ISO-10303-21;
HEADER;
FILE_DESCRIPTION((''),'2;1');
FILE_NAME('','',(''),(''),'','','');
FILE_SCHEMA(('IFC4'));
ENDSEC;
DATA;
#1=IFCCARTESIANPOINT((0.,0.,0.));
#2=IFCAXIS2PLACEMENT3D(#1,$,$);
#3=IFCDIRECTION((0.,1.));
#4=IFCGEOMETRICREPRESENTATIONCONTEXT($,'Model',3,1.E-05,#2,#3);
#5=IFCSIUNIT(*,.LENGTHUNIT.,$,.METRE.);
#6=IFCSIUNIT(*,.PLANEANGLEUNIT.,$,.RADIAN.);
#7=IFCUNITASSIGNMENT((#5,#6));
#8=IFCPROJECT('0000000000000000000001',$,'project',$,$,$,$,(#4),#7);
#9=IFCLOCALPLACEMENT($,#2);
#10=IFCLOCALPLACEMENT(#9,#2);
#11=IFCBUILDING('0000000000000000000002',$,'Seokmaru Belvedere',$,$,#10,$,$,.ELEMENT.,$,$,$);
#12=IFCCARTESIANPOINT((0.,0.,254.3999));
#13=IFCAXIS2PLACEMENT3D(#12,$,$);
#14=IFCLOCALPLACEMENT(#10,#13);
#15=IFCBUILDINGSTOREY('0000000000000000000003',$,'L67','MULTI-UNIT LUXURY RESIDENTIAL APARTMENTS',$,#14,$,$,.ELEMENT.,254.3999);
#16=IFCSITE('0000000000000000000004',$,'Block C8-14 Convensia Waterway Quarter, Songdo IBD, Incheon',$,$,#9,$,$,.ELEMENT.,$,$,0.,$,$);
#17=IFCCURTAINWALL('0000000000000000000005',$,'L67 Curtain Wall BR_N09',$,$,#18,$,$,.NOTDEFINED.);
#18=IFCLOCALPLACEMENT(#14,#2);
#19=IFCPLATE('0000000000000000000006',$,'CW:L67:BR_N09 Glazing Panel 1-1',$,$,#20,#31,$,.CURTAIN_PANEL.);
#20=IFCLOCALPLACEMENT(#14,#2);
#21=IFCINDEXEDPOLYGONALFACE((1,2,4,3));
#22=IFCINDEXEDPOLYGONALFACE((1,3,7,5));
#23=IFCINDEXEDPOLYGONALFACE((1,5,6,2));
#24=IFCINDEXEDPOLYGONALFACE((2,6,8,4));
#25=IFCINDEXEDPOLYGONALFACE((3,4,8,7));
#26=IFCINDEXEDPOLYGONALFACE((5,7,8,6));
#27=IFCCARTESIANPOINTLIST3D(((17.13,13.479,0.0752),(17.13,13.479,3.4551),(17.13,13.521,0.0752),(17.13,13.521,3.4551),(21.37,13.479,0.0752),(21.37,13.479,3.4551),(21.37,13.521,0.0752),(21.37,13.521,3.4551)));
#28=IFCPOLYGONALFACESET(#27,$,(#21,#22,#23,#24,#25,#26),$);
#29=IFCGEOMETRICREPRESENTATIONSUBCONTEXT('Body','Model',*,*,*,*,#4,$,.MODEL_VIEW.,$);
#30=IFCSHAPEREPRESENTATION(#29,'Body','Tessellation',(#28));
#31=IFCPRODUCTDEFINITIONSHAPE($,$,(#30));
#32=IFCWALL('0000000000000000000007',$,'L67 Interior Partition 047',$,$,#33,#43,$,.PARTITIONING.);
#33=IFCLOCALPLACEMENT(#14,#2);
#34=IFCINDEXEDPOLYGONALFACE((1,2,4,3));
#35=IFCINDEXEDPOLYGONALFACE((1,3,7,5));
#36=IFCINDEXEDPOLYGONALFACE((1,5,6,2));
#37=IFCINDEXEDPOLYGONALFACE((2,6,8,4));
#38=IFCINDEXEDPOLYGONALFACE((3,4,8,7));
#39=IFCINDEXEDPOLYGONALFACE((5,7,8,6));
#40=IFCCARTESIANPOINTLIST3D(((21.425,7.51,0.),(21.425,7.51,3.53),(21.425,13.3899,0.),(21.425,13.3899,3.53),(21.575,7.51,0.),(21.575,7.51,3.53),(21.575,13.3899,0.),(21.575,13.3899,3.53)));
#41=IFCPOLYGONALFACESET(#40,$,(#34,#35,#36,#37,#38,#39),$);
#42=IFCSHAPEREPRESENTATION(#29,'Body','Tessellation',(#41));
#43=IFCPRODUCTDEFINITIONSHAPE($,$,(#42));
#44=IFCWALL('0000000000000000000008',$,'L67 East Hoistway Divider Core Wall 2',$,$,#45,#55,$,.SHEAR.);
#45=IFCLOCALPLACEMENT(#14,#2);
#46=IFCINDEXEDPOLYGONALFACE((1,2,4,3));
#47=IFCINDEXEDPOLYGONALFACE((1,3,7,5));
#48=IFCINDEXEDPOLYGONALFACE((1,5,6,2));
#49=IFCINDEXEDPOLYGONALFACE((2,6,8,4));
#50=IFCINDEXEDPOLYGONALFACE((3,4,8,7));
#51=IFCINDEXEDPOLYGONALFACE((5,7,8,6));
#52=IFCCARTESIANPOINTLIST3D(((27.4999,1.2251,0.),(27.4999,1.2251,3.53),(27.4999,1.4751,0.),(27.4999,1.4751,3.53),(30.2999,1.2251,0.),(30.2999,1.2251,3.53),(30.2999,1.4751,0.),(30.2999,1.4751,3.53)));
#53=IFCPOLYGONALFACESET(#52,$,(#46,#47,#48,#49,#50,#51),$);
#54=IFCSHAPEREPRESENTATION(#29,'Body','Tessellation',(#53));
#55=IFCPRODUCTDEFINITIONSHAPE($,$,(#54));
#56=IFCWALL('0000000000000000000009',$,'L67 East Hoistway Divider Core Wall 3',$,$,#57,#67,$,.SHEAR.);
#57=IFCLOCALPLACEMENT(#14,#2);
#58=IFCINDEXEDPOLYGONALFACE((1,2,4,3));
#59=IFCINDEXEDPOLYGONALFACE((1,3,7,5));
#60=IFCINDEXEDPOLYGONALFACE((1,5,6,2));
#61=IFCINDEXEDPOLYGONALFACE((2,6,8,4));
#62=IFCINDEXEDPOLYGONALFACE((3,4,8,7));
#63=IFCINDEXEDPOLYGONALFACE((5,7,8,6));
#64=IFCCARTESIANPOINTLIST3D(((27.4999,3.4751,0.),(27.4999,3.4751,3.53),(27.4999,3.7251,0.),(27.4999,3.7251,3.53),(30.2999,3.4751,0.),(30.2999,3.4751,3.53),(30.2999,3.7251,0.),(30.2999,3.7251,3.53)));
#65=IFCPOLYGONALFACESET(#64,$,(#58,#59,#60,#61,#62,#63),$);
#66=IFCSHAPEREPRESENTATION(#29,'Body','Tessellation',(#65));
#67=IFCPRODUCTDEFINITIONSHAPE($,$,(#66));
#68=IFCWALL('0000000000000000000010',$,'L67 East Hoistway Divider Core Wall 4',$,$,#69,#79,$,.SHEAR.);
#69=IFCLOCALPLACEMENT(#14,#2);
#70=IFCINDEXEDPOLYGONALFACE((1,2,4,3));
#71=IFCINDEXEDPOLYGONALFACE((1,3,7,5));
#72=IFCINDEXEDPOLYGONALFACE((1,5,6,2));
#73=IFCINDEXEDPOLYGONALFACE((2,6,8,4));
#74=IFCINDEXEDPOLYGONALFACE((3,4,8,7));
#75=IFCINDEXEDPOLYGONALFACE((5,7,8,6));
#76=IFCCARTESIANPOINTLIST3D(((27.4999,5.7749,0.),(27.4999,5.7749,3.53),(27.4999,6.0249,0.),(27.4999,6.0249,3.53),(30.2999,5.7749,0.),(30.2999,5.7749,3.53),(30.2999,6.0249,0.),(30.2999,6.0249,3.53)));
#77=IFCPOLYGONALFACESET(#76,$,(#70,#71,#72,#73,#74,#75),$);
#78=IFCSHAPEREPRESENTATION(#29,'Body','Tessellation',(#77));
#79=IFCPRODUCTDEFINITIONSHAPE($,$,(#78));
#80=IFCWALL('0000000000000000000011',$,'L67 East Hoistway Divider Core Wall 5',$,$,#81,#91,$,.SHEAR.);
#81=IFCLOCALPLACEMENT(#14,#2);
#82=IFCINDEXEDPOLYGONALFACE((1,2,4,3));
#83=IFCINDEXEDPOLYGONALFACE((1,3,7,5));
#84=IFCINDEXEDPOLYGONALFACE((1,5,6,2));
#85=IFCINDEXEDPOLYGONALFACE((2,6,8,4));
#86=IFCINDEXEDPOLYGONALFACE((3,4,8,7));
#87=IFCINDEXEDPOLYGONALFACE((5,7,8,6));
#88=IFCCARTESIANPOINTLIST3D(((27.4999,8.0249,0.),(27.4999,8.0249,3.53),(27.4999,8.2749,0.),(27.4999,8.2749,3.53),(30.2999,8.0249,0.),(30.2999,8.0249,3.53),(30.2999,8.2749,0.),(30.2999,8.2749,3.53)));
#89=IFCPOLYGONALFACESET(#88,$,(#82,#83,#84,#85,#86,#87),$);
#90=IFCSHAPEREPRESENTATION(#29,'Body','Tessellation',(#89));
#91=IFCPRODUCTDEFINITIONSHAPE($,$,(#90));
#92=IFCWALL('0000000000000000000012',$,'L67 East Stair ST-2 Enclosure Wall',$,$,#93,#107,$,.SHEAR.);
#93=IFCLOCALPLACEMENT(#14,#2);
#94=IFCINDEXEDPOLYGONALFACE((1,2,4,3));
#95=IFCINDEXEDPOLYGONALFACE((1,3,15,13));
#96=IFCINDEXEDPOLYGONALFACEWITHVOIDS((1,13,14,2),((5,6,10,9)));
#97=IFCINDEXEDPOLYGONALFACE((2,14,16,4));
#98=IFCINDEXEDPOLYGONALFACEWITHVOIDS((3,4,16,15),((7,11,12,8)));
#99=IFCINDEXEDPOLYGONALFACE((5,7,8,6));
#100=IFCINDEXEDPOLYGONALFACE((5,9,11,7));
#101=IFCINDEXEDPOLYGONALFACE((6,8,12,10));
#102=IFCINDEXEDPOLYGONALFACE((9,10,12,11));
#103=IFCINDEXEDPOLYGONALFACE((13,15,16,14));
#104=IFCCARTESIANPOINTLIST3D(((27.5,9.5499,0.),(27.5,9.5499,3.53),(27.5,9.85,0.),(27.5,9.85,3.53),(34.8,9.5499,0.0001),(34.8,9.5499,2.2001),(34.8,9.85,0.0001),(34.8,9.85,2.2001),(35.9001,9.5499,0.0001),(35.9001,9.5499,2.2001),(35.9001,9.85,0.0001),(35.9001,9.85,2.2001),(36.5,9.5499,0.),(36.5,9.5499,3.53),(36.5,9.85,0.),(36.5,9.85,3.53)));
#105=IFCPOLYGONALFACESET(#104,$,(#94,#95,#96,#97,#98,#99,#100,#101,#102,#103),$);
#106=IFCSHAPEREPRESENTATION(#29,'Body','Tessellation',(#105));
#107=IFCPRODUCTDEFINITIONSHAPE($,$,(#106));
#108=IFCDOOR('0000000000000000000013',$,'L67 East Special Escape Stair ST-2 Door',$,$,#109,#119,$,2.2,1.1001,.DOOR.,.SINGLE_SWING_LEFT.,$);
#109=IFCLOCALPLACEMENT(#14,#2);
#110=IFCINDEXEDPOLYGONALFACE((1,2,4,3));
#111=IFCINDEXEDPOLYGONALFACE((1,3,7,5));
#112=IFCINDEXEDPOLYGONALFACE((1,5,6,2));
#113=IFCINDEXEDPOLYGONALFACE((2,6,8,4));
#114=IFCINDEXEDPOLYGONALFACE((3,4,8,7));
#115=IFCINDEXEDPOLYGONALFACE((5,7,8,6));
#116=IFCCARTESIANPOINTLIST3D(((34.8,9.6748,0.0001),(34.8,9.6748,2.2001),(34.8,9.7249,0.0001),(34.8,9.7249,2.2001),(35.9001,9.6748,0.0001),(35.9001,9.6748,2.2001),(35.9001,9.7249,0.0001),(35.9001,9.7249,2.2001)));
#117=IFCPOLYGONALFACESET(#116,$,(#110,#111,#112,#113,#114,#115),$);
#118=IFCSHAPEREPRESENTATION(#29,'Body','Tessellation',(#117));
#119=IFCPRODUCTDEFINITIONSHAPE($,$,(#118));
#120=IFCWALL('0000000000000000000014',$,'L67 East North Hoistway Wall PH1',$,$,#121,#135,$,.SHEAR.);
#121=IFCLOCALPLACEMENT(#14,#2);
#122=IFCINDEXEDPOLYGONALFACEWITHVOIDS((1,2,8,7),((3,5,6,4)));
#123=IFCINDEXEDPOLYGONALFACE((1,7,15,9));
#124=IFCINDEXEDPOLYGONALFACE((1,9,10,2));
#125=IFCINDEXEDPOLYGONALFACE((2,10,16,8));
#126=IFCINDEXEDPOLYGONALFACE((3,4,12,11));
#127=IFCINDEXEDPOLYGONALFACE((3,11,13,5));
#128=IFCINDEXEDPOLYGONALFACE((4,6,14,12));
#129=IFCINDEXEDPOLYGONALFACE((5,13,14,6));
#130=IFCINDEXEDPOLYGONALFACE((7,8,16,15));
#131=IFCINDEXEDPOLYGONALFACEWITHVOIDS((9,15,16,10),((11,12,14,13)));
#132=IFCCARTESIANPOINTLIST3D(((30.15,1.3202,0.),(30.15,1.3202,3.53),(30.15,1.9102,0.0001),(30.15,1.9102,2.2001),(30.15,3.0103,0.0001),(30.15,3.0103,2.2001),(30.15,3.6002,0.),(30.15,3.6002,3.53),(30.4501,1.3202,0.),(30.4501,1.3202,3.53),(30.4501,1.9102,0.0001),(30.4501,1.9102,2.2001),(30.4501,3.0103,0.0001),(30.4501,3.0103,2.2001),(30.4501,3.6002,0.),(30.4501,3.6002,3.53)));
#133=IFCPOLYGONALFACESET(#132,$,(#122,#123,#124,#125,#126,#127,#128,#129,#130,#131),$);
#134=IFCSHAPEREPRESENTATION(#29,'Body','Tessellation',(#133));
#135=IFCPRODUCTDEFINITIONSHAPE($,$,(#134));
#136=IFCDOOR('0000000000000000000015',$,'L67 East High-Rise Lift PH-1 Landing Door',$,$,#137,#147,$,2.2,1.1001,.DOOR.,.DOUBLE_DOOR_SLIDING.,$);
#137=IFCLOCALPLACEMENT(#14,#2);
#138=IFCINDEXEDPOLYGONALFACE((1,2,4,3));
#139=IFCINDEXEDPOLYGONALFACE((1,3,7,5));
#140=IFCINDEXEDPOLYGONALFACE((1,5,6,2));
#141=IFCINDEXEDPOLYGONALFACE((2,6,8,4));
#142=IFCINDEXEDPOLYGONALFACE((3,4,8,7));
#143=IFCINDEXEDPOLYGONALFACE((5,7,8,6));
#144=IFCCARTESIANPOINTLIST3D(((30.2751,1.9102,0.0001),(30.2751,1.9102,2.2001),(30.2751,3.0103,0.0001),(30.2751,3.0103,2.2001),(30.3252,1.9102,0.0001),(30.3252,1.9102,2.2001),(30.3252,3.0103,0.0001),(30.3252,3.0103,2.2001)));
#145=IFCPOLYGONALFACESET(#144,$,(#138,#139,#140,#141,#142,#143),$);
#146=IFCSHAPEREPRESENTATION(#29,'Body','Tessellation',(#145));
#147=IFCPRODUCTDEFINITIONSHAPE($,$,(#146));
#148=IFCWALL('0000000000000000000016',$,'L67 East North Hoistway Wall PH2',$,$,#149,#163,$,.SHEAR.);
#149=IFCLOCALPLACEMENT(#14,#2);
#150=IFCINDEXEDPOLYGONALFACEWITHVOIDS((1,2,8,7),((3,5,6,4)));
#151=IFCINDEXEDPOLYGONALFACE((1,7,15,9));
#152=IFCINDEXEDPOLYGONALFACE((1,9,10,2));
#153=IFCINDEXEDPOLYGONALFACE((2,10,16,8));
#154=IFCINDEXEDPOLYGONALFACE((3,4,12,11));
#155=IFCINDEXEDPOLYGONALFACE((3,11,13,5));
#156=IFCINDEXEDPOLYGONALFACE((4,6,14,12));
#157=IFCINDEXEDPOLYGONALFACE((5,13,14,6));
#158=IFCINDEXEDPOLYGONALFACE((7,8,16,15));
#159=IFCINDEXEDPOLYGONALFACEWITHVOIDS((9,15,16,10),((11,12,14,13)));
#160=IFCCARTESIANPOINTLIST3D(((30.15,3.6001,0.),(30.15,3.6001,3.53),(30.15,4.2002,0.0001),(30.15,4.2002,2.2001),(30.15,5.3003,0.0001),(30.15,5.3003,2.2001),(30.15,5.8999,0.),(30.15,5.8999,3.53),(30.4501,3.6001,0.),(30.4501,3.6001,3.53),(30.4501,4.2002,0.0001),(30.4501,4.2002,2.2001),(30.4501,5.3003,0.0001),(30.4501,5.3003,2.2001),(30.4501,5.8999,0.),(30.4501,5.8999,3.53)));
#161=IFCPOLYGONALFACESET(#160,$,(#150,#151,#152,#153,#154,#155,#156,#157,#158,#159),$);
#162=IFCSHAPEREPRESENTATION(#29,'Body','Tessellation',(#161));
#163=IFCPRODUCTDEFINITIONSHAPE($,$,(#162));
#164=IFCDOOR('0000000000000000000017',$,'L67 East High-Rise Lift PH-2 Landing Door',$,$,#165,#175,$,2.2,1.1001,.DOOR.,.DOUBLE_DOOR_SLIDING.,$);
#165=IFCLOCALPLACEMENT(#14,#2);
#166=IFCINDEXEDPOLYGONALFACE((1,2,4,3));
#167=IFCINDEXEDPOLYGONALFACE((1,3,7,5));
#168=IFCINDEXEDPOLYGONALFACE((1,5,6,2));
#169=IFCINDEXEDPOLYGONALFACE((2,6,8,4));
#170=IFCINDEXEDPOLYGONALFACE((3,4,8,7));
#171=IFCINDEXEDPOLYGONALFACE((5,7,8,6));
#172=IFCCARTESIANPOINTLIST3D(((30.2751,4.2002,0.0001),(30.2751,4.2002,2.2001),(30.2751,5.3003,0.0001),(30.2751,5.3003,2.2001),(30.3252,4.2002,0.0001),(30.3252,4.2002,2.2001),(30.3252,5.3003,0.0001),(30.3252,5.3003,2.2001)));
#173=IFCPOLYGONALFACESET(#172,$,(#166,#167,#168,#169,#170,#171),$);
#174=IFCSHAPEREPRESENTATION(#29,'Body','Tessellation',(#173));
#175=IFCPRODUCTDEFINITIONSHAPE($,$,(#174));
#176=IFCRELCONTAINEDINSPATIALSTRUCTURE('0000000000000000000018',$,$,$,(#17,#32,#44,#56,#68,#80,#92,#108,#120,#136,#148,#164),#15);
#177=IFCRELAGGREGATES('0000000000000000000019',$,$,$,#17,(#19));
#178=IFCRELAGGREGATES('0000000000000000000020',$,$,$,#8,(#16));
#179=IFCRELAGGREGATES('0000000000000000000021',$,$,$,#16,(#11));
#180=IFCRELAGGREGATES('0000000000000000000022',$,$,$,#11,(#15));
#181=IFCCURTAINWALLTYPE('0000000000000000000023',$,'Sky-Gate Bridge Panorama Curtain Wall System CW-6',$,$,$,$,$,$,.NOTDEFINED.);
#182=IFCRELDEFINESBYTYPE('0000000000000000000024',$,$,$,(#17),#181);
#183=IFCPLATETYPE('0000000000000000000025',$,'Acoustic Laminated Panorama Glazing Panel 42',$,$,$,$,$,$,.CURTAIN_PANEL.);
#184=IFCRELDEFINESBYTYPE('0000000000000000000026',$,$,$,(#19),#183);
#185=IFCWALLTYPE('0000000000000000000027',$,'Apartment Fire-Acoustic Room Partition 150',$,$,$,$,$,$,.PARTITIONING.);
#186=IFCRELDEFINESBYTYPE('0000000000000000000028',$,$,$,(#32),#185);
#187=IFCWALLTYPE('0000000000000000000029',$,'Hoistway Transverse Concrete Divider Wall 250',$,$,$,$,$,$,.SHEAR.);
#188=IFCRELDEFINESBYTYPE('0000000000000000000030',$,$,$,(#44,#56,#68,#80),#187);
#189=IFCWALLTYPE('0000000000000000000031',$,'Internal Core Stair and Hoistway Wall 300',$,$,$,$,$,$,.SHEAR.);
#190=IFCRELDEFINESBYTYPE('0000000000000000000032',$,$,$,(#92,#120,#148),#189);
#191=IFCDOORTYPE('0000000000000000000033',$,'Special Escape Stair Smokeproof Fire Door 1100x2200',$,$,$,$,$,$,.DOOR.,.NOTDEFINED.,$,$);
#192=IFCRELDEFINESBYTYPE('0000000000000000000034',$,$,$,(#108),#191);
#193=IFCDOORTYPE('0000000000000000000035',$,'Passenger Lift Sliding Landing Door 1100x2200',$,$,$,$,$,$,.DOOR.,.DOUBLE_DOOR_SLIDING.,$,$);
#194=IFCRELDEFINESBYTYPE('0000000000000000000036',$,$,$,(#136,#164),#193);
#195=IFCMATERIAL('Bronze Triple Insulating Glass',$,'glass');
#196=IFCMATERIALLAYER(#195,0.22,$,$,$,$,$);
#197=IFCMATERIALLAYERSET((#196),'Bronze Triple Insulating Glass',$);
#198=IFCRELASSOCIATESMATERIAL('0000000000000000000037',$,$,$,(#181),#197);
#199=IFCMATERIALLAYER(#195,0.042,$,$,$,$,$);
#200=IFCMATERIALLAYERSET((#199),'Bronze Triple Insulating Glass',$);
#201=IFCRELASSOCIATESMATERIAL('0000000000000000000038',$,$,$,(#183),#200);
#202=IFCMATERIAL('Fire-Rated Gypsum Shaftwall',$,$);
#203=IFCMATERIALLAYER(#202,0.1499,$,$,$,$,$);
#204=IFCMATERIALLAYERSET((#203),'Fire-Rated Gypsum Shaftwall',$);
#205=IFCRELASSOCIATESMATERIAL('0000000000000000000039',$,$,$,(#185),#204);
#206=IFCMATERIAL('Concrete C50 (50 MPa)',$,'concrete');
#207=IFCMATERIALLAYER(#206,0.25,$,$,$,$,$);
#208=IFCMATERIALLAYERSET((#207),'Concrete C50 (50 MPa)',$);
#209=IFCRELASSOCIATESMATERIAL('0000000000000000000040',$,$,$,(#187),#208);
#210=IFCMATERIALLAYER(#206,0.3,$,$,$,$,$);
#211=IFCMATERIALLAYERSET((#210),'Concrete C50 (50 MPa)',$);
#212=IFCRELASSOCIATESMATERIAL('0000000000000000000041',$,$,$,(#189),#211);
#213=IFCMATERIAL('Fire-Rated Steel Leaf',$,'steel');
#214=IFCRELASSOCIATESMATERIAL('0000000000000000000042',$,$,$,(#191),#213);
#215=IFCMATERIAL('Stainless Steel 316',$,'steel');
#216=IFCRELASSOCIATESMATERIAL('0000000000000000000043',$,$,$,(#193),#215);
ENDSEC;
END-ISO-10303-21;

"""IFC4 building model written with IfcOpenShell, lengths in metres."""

from ifc_helpers import new_model, si_unit, direction, frame, frame_2d, origin, origin_2d, place, context, subcontext, project, spatial, rectangle, extrude, source, transform, mapped, material, layer, layer_set, type_object, type_shapes, element, fill, aggregate, save


model = new_model("IFC4")

# Units and contexts
model_context = context("Model", 3, precision=1e-05, world=origin(), true_north=direction((0.0, 1.0)))
body_context = subcontext(model_context, "Body", "Model", "MODEL_VIEW")
ifc_project = project(units=[si_unit("LENGTHUNIT", "METRE"), si_unit("PLANEANGLEUNIT", "RADIAN")], contexts=[model_context])

# Site, building, storey
site_placement = place(None, origin())
site = spatial("IfcSite", under=ifc_project, at=site_placement, Name="Block C8-14 Convensia Waterway Quarter, Songdo IBD, Incheon", CompositionType="ELEMENT", RefElevation=0.0)
building_placement = place(site_placement, origin())
building = spatial("IfcBuilding", under=site, at=building_placement, Name="Seokmaru Belvedere", CompositionType="ELEMENT")
storey_placement = place(building_placement, frame((0.0, 0.0, 254.3999)))
storey = spatial("IfcBuildingStorey", under=building, at=storey_placement, Name="L67", Description="MULTI-UNIT LUXURY RESIDENTIAL APARTMENTS", CompositionType="ELEMENT", Elevation=254.3999)

# Curtain wall, plate
ifc_material_1 = material(Name="Bronze Triple Insulating Glass", Category="glass")
ifc_layer_1 = layer(ifc_material_1, 0.22)
ifc_layer_set_1 = layer_set([ifc_layer_1], Name="Bronze Triple Insulating Glass")
curtain_wall_type = type_object("IfcCurtainWallType", Name="Sky-Gate Bridge Panorama Curtain Wall System CW-6", PredefinedType="NOTDEFINED", material=ifc_layer_set_1)
curtain_wall_placement = place(storey_placement, origin())
curtain_wall = element("IfcCurtainWall", 1, at=curtain_wall_placement, inside=storey, type_object=curtain_wall_type, Name="L67 Curtain Wall BR_N09", PredefinedType="NOTDEFINED")
ifc_layer_2 = layer(ifc_material_1, 0.042)
ifc_layer_set_2 = layer_set([ifc_layer_2], Name="Bronze Triple Insulating Glass")
plate_type = type_object("IfcPlateType", Name="Acoustic Laminated Panorama Glazing Panel 42", PredefinedType="CURTAIN_PANEL", material=ifc_layer_set_2)
shared_shape_1 = source(origin(), body_context, "Body", "SweptSolid", [
    extrude(rectangle(XDim=4.24, YDim=0.042, at=origin_2d()), origin(), (0.0, 0.0, 1.0), 3.3799),
])
type_shapes(plate_type, [shared_shape_1])
plate_placement = place(storey_placement, frame((19.25, 13.5, 0.0752), z_axis=(0.0, 0.0, 1.0), x_axis=(-1.0, 0.0, 0.0)))
plate = element("IfcPlate", 2, at=plate_placement, type_object=plate_type, Name="CW:L67:BR_N09 Glazing Panel 1-1", PredefinedType="CURTAIN_PANEL", context=body_context, shape_type="MappedRepresentation", body=[
    mapped(shared_shape_1, transform((0.0, 0.0, 0.0), scale=1.0)),
])
aggregate(curtain_wall, [plate])

# Walls
ifc_material_2 = material(Name="Fire-Rated Gypsum Shaftwall")
ifc_layer_3 = layer(ifc_material_2, 0.1499)
ifc_layer_set_3 = layer_set([ifc_layer_3], Name="Fire-Rated Gypsum Shaftwall")
wall_type_1 = type_object("IfcWallType", Name="Apartment Fire-Acoustic Room Partition 150", PredefinedType="PARTITIONING", material=ifc_layer_set_3)
wall_1_placement = place(storey_placement, frame((21.5, 7.51, 0.0), z_axis=(0.0, 0.0, 1.0), x_axis=(0.0, 1.0, 0.0)))
element("IfcWall", 3, at=wall_1_placement, inside=storey, type_object=wall_type_1, Name="L67 Interior Partition 047", PredefinedType="PARTITIONING", context=body_context, shape_type="SweptSolid", body=[
    extrude(rectangle(XDim=5.8799, YDim=0.1499, at=frame_2d((2.9399, 0.0))), origin(), (0.0, 0.0, 1.0), 3.53),
])
ifc_material_3 = material(Name="Concrete C50 (50 MPa)", Category="concrete")
ifc_layer_4 = layer(ifc_material_3, 0.25)
ifc_layer_set_4 = layer_set([ifc_layer_4], Name="Concrete C50 (50 MPa)")
wall_type_2 = type_object("IfcWallType", Name="Hoistway Transverse Concrete Divider Wall 250", PredefinedType="SHEAR", material=ifc_layer_set_4)
for number, where, z_axis, x_axis, name in (
    (4, (27.5, 1.3501, 0.0), (0.0, 0.0, 1.0), (1.0, 0.0, 0.0), "L67 East Hoistway Divider Core Wall 2"),
    (5, (27.5, 3.6001, 0.0), (0.0, 0.0, 1.0), (1.0, 0.0, 0.0), "L67 East Hoistway Divider Core Wall 3"),
    (6, (27.5, 5.8999, 0.0), (0.0, 0.0, 1.0), (1.0, 0.0, 0.0), "L67 East Hoistway Divider Core Wall 4"),
    (7, (27.5, 8.1499, 0.0), (0.0, 0.0, 1.0), (1.0, 0.0, 0.0), "L67 East Hoistway Divider Core Wall 5"),
):
    element("IfcWall", number, at=place(storey_placement, frame(where, z_axis=z_axis, x_axis=x_axis)), inside=storey, type_object=wall_type_2, Name=name, PredefinedType="SHEAR", context=body_context, shape_type="SweptSolid", body=[
        extrude(rectangle(XDim=2.8, YDim=0.25, at=frame_2d((1.3999, 0.0))), origin(), (0.0, 0.0, 1.0), 3.53),
    ])

# Walls, openings, doors
ifc_layer_5 = layer(ifc_material_3, 0.3)
ifc_layer_set_5 = layer_set([ifc_layer_5], Name="Concrete C50 (50 MPa)")
wall_type_3 = type_object("IfcWallType", Name="Internal Core Stair and Hoistway Wall 300", PredefinedType="SHEAR", material=ifc_layer_set_5)
wall_2_placement = place(storey_placement, frame((27.5, 9.7, 0.0), z_axis=(0.0, 0.0, 1.0), x_axis=(1.0, 0.0, 0.0)))
wall_2 = element("IfcWall", 8, at=wall_2_placement, inside=storey, type_object=wall_type_3, Name="L67 East Stair ST-2 Enclosure Wall", PredefinedType="SHEAR", context=body_context, shape_type="SweptSolid", body=[
    extrude(rectangle(XDim=9.0, YDim=0.3, at=frame_2d((4.5, 0.0))), origin(), (0.0, 0.0, 1.0), 3.53),
])
opening_1_placement = place(wall_2_placement, frame((7.3, 0.0, 0.0)))
opening_1 = element("IfcOpeningElement", 9, at=opening_1_placement, cuts=wall_2, PredefinedType="OPENING", context=body_context, shape_type="SweptSolid", body=[
    extrude(rectangle(XDim=1.1001, YDim=2.2, at=frame_2d((0.55, 1.1001))), frame((0.0, 0.1602, 0.0), z_axis=(0.0, -1.0, 0.0), x_axis=(1.0, 0.0, 0.0)), (0.0, 0.0, 1.0), 0.3201),
])
ifc_material_4 = material(Name="Fire-Rated Steel Leaf", Category="steel")
door_type_1 = type_object("IfcDoorType", Name="Special Escape Stair Smokeproof Fire Door 1100x2200", OperationType="NOTDEFINED", PredefinedType="DOOR", material=ifc_material_4)
shared_shape_2 = source(origin(), body_context, "Body", "SweptSolid", [
    extrude(rectangle(XDim=1.1001, YDim=2.2, at=frame_2d((0.55, 1.1001))), frame((0.0, 0.0249, 0.0), z_axis=(0.0, -1.0, 0.0), x_axis=(1.0, 0.0, 0.0)), (0.0, 0.0, 1.0), 0.05),
])
type_shapes(door_type_1, [shared_shape_2])
door_1_placement = place(opening_1_placement, origin())
door_1 = element("IfcDoor", 10, at=door_1_placement, inside=storey, type_object=door_type_1, Name="L67 East Special Escape Stair ST-2 Door", OperationType="SINGLE_SWING_LEFT", OverallHeight=2.2, OverallWidth=1.1001, PredefinedType="DOOR", context=body_context, shape_type="MappedRepresentation", body=[
    mapped(shared_shape_2, transform((0.0, 0.0, 0.0), scale=1.0)),
])
fill(opening_1, door_1)
wall_3_placement = place(storey_placement, frame((30.3, 1.3201, 0.0), z_axis=(0.0, 0.0, 1.0), x_axis=(0.0, 1.0, 0.0)))
wall_3 = element("IfcWall", 11, at=wall_3_placement, inside=storey, type_object=wall_type_3, Name="L67 East North Hoistway Wall PH1", PredefinedType="SHEAR", context=body_context, shape_type="SweptSolid", body=[
    extrude(rectangle(XDim=2.28, YDim=0.3, at=frame_2d((1.1401, 0.0))), origin(), (0.0, 0.0, 1.0), 3.53),
])
opening_2_placement = place(wall_3_placement, frame((0.5901, 0.0, 0.0)))
opening_2 = element("IfcOpeningElement", 12, at=opening_2_placement, cuts=wall_3, PredefinedType="OPENING", context=body_context, shape_type="SweptSolid", body=[
    extrude(rectangle(XDim=1.1001, YDim=2.2, at=frame_2d((0.55, 1.1001))), frame((0.0, 0.1602, 0.0), z_axis=(0.0, -1.0, 0.0), x_axis=(1.0, 0.0, 0.0)), (0.0, 0.0, 1.0), 0.3201),
])
ifc_material_5 = material(Name="Stainless Steel 316", Category="steel")
door_type_2 = type_object("IfcDoorType", Name="Passenger Lift Sliding Landing Door 1100x2200", OperationType="DOUBLE_DOOR_SLIDING", PredefinedType="DOOR", material=ifc_material_5)
shared_shape_3 = source(origin(), body_context, "Body", "SweptSolid", [
    extrude(rectangle(XDim=1.1001, YDim=2.2, at=frame_2d((0.55, 1.1001))), frame((0.0, 0.0249, 0.0), z_axis=(0.0, -1.0, 0.0), x_axis=(1.0, 0.0, 0.0)), (0.0, 0.0, 1.0), 0.05),
])
type_shapes(door_type_2, [shared_shape_3])
door_2_placement = place(opening_2_placement, origin())
door_2 = element("IfcDoor", 13, at=door_2_placement, inside=storey, type_object=door_type_2, Name="L67 East High-Rise Lift PH-1 Landing Door", OperationType="DOUBLE_DOOR_SLIDING", OverallHeight=2.2, OverallWidth=1.1001, PredefinedType="DOOR", context=body_context, shape_type="MappedRepresentation", body=[
    mapped(shared_shape_3, transform((0.0, 0.0, 0.0), scale=1.0)),
])
fill(opening_2, door_2)
wall_4_placement = place(storey_placement, frame((30.3, 3.6001, 0.0), z_axis=(0.0, 0.0, 1.0), x_axis=(0.0, 1.0, 0.0)))
wall_4 = element("IfcWall", 14, at=wall_4_placement, inside=storey, type_object=wall_type_3, Name="L67 East North Hoistway Wall PH2", PredefinedType="SHEAR", context=body_context, shape_type="SweptSolid", body=[
    extrude(rectangle(XDim=2.2998, YDim=0.3, at=frame_2d((1.1499, 0.0))), origin(), (0.0, 0.0, 1.0), 3.53),
])
opening_3_placement = place(wall_4_placement, frame((0.6001, 0.0, 0.0)))
opening_3 = element("IfcOpeningElement", 15, at=opening_3_placement, cuts=wall_4, PredefinedType="OPENING", context=body_context, shape_type="SweptSolid", body=[
    extrude(rectangle(XDim=1.1001, YDim=2.2, at=frame_2d((0.55, 1.1001))), frame((0.0, 0.1602, 0.0), z_axis=(0.0, -1.0, 0.0), x_axis=(1.0, 0.0, 0.0)), (0.0, 0.0, 1.0), 0.3201),
])
door_3_placement = place(opening_3_placement, origin())
door_3 = element("IfcDoor", 16, at=door_3_placement, inside=storey, type_object=door_type_2, Name="L67 East High-Rise Lift PH-2 Landing Door", OperationType="DOUBLE_DOOR_SLIDING", OverallHeight=2.2, OverallWidth=1.1001, PredefinedType="DOOR", context=body_context, shape_type="MappedRepresentation", body=[
    mapped(shared_shape_3, transform((0.0, 0.0, 0.0), scale=1.0)),
])
fill(opening_3, door_3)

save(model, "model.ifc")
